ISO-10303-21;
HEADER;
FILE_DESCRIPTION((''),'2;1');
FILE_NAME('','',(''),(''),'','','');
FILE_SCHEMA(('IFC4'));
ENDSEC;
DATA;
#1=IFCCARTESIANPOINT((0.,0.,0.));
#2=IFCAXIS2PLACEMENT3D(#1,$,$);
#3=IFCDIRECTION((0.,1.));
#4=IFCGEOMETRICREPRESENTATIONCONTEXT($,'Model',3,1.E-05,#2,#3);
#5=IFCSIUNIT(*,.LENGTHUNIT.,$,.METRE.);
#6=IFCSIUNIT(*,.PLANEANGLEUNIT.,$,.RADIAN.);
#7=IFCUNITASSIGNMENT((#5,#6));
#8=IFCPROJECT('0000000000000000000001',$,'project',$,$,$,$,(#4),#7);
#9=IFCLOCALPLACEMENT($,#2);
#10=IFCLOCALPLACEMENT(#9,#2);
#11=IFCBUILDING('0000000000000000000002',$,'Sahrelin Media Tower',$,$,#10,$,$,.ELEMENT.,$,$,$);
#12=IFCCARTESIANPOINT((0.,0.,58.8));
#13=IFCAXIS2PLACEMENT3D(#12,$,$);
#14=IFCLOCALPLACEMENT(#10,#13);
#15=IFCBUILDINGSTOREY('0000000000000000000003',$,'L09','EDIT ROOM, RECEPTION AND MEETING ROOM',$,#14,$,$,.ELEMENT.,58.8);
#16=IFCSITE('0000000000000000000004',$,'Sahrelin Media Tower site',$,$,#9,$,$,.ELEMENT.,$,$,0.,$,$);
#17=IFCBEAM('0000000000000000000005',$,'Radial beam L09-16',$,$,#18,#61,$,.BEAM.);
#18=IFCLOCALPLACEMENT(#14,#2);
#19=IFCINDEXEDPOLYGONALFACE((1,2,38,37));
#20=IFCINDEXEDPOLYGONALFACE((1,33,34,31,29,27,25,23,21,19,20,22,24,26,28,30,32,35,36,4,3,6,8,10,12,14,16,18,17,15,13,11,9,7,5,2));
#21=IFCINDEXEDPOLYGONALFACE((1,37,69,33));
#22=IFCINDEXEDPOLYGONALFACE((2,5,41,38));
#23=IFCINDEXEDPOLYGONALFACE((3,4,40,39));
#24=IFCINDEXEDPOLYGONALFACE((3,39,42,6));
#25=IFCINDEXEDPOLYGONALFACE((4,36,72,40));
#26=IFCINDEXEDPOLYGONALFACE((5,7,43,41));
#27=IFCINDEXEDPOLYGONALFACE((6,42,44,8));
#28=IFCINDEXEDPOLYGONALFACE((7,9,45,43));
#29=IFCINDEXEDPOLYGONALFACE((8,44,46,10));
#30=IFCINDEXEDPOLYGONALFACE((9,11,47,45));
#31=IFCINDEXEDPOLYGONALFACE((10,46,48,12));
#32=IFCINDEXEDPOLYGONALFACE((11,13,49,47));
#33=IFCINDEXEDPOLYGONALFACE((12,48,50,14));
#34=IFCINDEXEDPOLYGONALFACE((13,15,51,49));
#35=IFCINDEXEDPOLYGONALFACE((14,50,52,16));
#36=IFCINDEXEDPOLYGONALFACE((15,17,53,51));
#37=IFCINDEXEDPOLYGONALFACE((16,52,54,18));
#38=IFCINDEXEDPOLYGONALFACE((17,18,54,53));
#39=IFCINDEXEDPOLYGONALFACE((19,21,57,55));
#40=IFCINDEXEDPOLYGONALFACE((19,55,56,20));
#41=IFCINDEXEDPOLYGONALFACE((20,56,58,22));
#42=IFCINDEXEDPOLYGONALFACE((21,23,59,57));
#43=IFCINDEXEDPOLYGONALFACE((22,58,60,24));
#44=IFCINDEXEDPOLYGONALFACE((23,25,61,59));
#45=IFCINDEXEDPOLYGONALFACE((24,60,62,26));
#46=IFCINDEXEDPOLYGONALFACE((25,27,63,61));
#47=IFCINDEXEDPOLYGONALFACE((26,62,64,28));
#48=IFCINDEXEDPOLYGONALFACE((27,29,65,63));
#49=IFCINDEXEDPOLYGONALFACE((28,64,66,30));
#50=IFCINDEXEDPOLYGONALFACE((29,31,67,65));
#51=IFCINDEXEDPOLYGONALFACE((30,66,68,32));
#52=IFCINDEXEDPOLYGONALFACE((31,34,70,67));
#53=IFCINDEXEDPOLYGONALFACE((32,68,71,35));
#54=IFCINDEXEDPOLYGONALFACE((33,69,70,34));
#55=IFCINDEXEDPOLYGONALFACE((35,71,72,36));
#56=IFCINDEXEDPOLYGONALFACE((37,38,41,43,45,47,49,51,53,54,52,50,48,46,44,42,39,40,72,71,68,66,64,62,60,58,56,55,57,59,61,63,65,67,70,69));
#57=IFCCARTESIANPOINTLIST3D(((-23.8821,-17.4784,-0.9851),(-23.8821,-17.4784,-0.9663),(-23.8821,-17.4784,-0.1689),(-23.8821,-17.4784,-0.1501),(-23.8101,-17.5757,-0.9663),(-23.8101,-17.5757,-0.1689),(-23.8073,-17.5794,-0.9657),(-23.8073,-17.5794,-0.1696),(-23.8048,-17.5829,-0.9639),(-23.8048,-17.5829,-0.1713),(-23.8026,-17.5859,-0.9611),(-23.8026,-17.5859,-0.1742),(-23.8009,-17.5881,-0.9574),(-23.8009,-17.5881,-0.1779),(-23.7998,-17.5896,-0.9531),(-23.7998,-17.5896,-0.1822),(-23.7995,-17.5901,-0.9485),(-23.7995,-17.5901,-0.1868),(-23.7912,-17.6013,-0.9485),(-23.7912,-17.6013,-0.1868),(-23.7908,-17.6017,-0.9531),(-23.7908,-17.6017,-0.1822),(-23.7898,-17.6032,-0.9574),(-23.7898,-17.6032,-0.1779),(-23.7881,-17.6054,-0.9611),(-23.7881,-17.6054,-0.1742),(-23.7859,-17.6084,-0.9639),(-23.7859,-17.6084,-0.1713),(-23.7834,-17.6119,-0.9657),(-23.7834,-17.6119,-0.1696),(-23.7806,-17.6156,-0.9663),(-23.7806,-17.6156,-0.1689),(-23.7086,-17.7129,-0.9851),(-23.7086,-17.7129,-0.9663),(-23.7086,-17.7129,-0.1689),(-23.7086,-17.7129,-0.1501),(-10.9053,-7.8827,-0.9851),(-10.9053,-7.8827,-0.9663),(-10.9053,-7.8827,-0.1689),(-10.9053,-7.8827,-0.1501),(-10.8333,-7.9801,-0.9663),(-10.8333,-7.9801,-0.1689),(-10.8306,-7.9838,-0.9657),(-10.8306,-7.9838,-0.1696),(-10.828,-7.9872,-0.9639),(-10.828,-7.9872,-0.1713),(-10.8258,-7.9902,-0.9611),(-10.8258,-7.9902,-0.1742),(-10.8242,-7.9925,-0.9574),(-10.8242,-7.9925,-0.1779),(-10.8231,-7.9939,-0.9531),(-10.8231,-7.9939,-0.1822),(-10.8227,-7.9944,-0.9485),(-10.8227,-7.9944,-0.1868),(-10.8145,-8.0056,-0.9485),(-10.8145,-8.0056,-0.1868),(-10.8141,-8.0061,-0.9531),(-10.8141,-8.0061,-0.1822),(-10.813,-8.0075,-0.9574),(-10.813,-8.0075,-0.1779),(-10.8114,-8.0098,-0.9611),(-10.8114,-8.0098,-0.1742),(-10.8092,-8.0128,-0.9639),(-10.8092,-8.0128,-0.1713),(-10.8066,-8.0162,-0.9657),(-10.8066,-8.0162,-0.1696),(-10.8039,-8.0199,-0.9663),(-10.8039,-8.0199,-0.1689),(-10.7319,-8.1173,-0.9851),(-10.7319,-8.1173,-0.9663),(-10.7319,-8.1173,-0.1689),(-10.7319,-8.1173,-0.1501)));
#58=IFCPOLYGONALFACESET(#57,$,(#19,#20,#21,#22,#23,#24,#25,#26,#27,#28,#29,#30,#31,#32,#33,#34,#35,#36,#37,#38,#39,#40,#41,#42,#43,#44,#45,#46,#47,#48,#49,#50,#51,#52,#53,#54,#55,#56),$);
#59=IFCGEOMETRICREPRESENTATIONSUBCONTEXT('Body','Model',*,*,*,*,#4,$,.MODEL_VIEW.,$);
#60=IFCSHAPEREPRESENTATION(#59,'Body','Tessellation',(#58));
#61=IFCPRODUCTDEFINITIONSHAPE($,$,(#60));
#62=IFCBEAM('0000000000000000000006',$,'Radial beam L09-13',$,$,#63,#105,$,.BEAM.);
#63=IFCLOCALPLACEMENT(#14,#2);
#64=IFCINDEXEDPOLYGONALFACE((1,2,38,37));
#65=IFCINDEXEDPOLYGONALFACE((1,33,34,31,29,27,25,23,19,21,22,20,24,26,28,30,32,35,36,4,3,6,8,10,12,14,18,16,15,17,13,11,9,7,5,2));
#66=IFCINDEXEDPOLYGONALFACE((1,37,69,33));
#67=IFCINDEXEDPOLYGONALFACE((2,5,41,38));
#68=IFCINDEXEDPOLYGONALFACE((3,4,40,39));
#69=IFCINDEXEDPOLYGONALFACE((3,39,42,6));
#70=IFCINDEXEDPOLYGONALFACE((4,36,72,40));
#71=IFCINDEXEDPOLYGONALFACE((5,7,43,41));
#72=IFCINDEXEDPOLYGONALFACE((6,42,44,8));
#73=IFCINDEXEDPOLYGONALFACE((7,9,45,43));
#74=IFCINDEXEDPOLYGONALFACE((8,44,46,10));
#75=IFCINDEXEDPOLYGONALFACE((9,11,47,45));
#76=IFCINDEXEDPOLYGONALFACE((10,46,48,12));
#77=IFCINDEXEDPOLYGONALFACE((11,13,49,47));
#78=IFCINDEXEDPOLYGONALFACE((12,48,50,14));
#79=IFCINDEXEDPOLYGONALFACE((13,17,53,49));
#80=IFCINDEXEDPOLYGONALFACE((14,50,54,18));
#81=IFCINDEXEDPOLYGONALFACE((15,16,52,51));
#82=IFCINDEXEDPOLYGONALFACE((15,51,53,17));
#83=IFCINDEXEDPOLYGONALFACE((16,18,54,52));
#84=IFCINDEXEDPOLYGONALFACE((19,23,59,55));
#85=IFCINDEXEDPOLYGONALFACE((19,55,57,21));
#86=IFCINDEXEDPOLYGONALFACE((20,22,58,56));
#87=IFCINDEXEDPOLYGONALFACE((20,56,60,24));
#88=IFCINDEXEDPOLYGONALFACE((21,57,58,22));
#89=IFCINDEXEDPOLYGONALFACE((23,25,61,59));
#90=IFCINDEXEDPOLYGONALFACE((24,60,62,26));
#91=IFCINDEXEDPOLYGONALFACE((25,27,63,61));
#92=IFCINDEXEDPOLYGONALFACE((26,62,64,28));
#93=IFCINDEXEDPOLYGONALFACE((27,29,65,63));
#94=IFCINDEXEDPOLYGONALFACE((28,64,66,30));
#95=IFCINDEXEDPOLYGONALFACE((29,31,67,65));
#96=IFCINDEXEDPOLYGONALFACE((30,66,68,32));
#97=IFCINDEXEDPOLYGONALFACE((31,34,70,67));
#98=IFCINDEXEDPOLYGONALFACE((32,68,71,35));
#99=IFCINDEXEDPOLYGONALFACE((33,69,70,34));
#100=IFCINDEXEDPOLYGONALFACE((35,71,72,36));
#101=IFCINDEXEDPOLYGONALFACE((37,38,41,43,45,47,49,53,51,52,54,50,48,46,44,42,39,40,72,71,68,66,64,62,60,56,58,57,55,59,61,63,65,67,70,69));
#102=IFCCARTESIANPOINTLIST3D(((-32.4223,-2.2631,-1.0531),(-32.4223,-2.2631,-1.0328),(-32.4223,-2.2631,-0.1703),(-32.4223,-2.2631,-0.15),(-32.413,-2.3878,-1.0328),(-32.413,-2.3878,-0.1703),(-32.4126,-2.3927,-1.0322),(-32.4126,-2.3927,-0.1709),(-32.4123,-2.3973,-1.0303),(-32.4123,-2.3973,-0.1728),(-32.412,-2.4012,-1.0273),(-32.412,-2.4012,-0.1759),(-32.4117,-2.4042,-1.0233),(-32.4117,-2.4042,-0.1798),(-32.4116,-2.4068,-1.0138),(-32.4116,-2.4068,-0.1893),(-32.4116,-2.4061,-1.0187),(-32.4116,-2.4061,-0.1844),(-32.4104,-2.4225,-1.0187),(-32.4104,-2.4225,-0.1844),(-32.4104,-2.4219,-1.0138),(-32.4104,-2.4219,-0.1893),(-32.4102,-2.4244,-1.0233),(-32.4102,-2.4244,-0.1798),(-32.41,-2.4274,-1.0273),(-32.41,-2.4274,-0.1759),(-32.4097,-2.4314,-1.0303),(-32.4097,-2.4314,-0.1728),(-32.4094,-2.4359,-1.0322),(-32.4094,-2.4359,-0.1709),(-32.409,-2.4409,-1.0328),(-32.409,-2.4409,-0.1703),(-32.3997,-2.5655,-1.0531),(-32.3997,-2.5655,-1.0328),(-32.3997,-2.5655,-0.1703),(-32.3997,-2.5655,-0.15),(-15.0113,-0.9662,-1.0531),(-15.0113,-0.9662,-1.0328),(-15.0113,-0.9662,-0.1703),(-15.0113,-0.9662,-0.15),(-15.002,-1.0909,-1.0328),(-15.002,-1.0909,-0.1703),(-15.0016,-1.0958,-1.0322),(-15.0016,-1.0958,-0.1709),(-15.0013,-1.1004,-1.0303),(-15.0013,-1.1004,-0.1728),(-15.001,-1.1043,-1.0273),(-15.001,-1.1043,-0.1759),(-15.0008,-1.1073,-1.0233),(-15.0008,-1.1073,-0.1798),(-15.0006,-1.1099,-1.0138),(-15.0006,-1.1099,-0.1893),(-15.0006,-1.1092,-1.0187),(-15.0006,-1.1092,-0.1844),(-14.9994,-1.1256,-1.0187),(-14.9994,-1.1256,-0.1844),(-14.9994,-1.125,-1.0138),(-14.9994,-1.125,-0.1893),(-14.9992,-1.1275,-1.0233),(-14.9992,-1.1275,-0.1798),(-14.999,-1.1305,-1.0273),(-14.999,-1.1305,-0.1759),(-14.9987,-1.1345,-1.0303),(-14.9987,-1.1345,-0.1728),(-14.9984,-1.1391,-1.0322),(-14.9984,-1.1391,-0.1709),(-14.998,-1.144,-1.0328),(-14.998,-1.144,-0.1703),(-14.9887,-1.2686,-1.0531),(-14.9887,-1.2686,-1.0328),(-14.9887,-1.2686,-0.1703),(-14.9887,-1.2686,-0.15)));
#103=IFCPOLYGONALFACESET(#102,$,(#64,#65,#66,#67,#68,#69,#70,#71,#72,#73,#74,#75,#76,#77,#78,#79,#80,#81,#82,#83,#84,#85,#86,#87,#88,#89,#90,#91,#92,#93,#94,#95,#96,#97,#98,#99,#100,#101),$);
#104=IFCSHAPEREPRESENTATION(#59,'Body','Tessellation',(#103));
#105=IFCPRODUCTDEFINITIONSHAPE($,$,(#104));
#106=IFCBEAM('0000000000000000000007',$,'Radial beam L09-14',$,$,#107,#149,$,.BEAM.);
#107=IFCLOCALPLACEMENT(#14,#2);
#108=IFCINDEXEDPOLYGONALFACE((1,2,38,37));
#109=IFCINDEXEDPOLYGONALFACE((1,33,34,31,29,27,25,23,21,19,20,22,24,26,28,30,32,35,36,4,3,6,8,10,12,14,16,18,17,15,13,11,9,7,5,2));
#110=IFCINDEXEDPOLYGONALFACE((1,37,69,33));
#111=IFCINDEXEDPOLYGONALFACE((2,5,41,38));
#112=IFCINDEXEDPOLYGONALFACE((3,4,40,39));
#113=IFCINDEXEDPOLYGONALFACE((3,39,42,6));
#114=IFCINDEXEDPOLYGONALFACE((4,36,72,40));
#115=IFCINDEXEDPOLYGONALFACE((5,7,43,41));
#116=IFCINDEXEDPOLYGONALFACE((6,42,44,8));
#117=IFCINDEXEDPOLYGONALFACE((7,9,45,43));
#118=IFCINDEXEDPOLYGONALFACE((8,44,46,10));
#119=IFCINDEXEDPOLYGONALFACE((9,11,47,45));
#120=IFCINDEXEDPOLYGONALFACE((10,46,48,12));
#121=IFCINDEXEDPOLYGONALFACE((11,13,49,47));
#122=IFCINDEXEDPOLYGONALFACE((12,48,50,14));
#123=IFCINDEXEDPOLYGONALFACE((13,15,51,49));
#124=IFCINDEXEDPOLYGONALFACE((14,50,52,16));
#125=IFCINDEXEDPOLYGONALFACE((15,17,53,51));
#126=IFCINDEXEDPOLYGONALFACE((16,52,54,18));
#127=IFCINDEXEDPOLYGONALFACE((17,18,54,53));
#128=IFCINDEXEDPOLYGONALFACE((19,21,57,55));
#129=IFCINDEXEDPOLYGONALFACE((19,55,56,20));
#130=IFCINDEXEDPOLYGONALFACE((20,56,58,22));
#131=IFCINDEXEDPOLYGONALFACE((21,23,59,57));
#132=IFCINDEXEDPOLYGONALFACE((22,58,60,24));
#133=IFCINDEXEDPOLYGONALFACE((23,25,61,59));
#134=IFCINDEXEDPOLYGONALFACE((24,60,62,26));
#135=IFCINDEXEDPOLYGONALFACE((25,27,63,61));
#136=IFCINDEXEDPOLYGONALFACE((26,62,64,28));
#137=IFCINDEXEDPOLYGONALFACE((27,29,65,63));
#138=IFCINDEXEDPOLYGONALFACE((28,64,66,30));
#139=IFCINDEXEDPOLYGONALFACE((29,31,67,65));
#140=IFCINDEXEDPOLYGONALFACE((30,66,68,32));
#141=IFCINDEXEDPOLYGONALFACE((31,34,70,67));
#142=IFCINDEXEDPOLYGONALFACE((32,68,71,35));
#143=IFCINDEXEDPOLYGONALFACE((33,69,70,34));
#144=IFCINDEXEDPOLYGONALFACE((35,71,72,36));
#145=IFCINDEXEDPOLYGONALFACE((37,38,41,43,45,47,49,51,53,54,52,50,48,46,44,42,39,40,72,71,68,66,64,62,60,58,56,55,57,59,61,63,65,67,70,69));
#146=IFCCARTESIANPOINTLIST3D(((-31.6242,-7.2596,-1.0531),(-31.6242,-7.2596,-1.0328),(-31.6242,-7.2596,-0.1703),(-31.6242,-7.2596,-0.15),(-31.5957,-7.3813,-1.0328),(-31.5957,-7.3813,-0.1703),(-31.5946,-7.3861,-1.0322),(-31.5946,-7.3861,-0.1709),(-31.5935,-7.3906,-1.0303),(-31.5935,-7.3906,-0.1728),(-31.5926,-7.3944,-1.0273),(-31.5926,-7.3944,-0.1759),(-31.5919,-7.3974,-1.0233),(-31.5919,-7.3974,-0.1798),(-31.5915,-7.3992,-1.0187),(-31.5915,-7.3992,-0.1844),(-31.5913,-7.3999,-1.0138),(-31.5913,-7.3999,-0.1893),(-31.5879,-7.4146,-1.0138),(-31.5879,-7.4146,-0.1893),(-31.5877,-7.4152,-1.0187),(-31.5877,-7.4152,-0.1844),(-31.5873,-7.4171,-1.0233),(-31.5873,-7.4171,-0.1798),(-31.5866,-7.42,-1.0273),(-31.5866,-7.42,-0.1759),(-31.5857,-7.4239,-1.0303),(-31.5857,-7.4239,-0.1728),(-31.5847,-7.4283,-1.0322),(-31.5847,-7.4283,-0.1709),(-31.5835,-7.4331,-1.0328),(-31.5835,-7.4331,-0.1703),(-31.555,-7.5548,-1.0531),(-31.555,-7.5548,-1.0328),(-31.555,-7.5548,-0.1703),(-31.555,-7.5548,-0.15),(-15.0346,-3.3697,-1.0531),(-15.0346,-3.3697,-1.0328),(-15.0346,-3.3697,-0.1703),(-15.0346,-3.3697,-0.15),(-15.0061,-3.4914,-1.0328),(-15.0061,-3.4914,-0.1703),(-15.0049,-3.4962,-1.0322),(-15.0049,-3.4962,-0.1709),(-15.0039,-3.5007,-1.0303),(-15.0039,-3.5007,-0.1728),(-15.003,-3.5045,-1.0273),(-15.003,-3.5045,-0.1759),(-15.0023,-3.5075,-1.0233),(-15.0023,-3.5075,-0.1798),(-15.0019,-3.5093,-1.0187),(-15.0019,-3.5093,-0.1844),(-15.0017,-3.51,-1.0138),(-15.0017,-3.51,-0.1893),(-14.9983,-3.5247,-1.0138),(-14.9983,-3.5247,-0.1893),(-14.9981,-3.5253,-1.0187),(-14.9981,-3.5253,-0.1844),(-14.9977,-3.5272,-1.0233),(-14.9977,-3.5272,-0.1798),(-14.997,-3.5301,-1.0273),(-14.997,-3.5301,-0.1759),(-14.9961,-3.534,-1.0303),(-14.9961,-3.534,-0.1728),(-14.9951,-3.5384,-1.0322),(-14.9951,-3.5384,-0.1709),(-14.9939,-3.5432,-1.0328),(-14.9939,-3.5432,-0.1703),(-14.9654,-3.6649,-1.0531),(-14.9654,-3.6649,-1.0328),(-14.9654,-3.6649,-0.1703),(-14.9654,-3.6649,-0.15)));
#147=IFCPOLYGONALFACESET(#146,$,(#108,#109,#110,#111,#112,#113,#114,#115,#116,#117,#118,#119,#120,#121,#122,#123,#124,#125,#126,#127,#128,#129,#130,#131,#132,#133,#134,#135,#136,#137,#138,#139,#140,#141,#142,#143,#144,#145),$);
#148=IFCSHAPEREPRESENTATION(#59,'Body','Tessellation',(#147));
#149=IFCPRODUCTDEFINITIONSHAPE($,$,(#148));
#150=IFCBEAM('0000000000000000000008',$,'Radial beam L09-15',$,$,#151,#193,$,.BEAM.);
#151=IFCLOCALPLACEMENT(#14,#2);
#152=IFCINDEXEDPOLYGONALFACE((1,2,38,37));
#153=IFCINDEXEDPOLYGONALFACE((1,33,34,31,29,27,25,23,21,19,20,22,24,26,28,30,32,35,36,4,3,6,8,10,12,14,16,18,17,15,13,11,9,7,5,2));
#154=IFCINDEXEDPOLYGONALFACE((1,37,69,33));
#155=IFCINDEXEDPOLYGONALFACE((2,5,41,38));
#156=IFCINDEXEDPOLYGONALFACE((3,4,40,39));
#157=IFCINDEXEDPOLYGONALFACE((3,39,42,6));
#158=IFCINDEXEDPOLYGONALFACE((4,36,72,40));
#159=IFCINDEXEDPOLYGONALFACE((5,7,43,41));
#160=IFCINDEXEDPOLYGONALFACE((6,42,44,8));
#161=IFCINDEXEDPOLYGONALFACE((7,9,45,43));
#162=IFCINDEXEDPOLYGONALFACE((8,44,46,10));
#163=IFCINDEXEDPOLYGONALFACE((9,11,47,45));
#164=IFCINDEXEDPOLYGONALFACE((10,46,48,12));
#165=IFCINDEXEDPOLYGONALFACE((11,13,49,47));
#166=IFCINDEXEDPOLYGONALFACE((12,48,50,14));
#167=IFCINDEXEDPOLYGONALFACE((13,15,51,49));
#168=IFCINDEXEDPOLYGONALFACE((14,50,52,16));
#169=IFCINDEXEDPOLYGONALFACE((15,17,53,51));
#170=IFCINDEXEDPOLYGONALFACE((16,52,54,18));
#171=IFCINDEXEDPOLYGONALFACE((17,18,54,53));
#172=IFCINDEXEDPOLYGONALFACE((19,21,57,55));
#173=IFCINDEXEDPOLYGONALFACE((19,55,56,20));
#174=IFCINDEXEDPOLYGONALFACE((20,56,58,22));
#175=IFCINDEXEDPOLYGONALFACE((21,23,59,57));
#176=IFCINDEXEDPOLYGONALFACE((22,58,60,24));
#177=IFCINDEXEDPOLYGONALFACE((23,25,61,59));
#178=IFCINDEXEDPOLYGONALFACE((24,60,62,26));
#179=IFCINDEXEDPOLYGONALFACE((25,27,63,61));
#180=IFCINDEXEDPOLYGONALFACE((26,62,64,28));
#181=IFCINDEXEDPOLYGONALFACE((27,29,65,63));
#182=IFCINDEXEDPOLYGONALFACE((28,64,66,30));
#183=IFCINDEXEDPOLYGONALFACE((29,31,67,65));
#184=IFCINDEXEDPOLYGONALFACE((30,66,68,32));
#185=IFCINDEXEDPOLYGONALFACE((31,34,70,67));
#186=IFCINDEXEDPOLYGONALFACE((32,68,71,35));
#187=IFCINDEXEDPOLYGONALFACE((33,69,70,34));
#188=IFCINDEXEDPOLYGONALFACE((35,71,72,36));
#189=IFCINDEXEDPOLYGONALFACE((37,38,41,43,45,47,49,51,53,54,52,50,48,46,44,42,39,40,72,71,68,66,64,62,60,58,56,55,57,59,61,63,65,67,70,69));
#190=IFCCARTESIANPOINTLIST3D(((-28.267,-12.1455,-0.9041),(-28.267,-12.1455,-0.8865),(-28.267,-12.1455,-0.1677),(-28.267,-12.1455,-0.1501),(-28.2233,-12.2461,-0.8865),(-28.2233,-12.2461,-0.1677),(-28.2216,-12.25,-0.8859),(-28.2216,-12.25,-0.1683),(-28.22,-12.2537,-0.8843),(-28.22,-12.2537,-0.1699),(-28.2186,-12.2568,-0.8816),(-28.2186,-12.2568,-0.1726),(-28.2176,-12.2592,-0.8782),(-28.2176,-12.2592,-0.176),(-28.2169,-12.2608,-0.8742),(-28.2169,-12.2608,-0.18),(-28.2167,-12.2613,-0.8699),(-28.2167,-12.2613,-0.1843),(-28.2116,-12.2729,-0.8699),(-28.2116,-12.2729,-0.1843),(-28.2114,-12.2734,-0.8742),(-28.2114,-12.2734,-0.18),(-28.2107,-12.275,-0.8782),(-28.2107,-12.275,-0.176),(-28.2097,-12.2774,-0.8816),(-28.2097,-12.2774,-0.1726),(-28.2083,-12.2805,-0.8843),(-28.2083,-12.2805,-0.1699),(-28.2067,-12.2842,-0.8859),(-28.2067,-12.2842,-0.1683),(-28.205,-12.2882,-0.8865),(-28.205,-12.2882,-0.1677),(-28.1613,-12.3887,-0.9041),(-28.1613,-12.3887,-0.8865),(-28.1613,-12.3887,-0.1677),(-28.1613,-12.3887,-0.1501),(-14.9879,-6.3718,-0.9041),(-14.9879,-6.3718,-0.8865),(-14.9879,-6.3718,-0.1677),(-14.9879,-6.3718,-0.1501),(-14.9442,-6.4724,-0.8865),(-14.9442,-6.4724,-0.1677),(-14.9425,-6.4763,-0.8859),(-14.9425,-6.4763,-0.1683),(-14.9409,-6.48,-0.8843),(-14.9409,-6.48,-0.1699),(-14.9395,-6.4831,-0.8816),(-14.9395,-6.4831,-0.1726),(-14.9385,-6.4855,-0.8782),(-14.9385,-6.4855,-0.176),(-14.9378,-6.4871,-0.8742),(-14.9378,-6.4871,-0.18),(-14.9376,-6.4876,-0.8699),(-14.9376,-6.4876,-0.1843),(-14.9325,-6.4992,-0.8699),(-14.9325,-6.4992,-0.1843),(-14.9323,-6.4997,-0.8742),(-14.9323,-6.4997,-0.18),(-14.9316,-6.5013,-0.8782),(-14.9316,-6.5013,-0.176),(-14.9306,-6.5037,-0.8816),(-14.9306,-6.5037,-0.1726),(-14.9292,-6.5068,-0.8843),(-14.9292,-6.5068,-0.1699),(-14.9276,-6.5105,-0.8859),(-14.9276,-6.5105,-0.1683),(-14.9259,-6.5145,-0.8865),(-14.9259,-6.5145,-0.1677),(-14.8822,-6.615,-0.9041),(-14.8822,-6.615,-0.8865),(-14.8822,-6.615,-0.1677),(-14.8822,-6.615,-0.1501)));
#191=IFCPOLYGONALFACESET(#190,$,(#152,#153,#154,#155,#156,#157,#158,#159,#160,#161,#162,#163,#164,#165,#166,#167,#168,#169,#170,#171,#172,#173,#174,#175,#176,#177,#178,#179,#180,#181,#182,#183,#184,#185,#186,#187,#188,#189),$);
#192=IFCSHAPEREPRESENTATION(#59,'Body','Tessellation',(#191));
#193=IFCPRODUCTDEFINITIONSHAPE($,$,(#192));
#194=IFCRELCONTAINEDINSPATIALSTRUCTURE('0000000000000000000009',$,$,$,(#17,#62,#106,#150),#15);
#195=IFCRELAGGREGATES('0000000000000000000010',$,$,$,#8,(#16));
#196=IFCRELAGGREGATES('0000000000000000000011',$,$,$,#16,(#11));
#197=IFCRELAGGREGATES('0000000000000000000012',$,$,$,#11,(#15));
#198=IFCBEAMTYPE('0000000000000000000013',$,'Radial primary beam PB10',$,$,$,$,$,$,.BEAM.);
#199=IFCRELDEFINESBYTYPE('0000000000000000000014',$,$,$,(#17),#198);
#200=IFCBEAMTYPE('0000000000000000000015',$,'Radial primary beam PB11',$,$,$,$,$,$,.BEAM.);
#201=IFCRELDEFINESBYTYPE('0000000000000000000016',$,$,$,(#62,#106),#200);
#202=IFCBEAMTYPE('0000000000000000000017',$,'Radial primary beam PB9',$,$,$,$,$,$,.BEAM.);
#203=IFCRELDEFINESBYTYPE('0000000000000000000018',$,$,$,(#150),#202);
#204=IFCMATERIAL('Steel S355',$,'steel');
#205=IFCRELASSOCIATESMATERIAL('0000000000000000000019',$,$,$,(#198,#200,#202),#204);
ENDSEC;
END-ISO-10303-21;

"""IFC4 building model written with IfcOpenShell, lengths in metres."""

from ifc_helpers import new_model, si_unit, direction, frame, origin, origin_2d, place, context, subcontext, project, spatial, i_section, extrude, material, material_profile, profile_set, type_object, element, save


model = new_model("IFC4")

# Units and contexts
model_context = context("Model", 3, precision=1e-05, world=origin(), true_north=direction((0.0, 1.0)))
body_context = subcontext(model_context, "Body", "Model", "MODEL_VIEW")
ifc_project = project(units=[si_unit("LENGTHUNIT", "METRE"), si_unit("PLANEANGLEUNIT", "RADIAN")], contexts=[model_context])

# Site, building, storey
site_placement = place(None, origin())
site = spatial("IfcSite", under=ifc_project, at=site_placement, Name="Sahrelin Media Tower site", CompositionType="ELEMENT", RefElevation=0.0)
building_placement = place(site_placement, origin())
building = spatial("IfcBuilding", under=site, at=building_placement, Name="Sahrelin Media Tower", CompositionType="ELEMENT")
storey_placement = place(building_placement, frame((0.0, 0.0, 58.8)))
storey = spatial("IfcBuildingStorey", under=building, at=storey_placement, Name="L09", Description="EDIT ROOM, RECEPTION AND MEETING ROOM", CompositionType="ELEMENT", Elevation=58.8)

# Beams
ifc_material_1 = material(Name="Steel S355", Category="steel")
ifc_material_profile_1 = material_profile(ifc_material_1, i_section(OverallWidth=0.2917, OverallDepth=0.835, WebThickness=0.0139, FlangeThickness=0.0188, FilletRadius=0.0178, at=origin_2d()), Name="UB 838x292x176")
ifc_profile_set_1 = profile_set([ifc_material_profile_1], Name="Steel S355")
beam_type_1 = type_object("IfcBeamType", Name="Radial primary beam PB10", PredefinedType="BEAM", material=ifc_profile_set_1)
beam_1_placement = place(storey_placement, frame((-10.8186, -8.0, -0.5676), z_axis=(-0.804053, -0.594557, 0.0), x_axis=(0.594557, -0.804053, 0.0)))
element("IfcBeam", 1, at=beam_1_placement, inside=storey, type_object=beam_type_1, Name="Radial beam L09-16", PredefinedType="BEAM", context=body_context, shape_type="SweptSolid", body=[
    extrude(i_section(OverallWidth=0.2917, OverallDepth=0.835, WebThickness=0.0139, FlangeThickness=0.0188, FilletRadius=0.0178, at=origin_2d()), origin(), (0.0, 0.0, 1.0), 16.1392),
])
ifc_material_profile_2 = material_profile(ifc_material_1, i_section(OverallWidth=0.3032, OverallDepth=0.9031, WebThickness=0.0151, FlangeThickness=0.0203, FilletRadius=0.019, at=origin_2d()), Name="UB 914x305x201")
ifc_profile_set_2 = profile_set([ifc_material_profile_2], Name="Steel S355")
beam_type_2 = type_object("IfcBeamType", Name="Radial primary beam PB11", PredefinedType="BEAM", material=ifc_profile_set_2)
beam_2_placement = place(storey_placement, frame((-15.0, -1.1174, -0.6016), z_axis=(-0.997237, -0.074281, 0.0), x_axis=(0.074281, -0.997237, 0.0)))
element("IfcBeam", 2, at=beam_2_placement, inside=storey, type_object=beam_type_2, Name="Radial beam L09-13", PredefinedType="BEAM", context=body_context, shape_type="SweptSolid", body=[
    extrude(i_section(OverallWidth=0.3032, OverallDepth=0.9031, WebThickness=0.0151, FlangeThickness=0.0203, FilletRadius=0.019, at=origin_2d()), origin(), (0.0, 0.0, 1.0), 17.4592),
])
beam_3_placement = place(storey_placement, frame((-15.0, -3.5173, -0.6016), z_axis=(-0.973594, -0.228286, 0.0), x_axis=(0.228286, -0.973594, 0.0)))
element("IfcBeam", 3, at=beam_3_placement, inside=storey, type_object=beam_type_2, Name="Radial beam L09-14", PredefinedType="BEAM", context=body_context, shape_type="SweptSolid", body=[
    extrude(i_section(OverallWidth=0.3032, OverallDepth=0.9031, WebThickness=0.0151, FlangeThickness=0.0203, FilletRadius=0.019, at=origin_2d()), origin(), (0.0, 0.0, 1.0), 17.0396),
])
ifc_material_profile_3 = material_profile(ifc_material_1, i_section(OverallWidth=0.2651, OverallDepth=0.7539, WebThickness=0.0127, FlangeThickness=0.0176, FilletRadius=0.0166, at=origin_2d()), Name="UB 762x267x147")
ifc_profile_set_3 = profile_set([ifc_material_profile_3], Name="Steel S355")
beam_type_3 = type_object("IfcBeamType", Name="Radial primary beam PB9", PredefinedType="BEAM", material=ifc_profile_set_3)
beam_4_placement = place(storey_placement, frame((-14.9351, -6.4934, -0.5271), z_axis=(-0.917065, -0.398737, 0.0), x_axis=(0.398737, -0.917065, 0.0)))
element("IfcBeam", 4, at=beam_4_placement, inside=storey, type_object=beam_type_3, Name="Radial beam L09-15", PredefinedType="BEAM", context=body_context, shape_type="SweptSolid", body=[
    extrude(i_section(OverallWidth=0.2651, OverallDepth=0.7539, WebThickness=0.0127, FlangeThickness=0.0176, FilletRadius=0.0166, at=origin_2d()), origin(), (0.0, 0.0, 1.0), 14.48),
])

save(model, "model.ifc")
